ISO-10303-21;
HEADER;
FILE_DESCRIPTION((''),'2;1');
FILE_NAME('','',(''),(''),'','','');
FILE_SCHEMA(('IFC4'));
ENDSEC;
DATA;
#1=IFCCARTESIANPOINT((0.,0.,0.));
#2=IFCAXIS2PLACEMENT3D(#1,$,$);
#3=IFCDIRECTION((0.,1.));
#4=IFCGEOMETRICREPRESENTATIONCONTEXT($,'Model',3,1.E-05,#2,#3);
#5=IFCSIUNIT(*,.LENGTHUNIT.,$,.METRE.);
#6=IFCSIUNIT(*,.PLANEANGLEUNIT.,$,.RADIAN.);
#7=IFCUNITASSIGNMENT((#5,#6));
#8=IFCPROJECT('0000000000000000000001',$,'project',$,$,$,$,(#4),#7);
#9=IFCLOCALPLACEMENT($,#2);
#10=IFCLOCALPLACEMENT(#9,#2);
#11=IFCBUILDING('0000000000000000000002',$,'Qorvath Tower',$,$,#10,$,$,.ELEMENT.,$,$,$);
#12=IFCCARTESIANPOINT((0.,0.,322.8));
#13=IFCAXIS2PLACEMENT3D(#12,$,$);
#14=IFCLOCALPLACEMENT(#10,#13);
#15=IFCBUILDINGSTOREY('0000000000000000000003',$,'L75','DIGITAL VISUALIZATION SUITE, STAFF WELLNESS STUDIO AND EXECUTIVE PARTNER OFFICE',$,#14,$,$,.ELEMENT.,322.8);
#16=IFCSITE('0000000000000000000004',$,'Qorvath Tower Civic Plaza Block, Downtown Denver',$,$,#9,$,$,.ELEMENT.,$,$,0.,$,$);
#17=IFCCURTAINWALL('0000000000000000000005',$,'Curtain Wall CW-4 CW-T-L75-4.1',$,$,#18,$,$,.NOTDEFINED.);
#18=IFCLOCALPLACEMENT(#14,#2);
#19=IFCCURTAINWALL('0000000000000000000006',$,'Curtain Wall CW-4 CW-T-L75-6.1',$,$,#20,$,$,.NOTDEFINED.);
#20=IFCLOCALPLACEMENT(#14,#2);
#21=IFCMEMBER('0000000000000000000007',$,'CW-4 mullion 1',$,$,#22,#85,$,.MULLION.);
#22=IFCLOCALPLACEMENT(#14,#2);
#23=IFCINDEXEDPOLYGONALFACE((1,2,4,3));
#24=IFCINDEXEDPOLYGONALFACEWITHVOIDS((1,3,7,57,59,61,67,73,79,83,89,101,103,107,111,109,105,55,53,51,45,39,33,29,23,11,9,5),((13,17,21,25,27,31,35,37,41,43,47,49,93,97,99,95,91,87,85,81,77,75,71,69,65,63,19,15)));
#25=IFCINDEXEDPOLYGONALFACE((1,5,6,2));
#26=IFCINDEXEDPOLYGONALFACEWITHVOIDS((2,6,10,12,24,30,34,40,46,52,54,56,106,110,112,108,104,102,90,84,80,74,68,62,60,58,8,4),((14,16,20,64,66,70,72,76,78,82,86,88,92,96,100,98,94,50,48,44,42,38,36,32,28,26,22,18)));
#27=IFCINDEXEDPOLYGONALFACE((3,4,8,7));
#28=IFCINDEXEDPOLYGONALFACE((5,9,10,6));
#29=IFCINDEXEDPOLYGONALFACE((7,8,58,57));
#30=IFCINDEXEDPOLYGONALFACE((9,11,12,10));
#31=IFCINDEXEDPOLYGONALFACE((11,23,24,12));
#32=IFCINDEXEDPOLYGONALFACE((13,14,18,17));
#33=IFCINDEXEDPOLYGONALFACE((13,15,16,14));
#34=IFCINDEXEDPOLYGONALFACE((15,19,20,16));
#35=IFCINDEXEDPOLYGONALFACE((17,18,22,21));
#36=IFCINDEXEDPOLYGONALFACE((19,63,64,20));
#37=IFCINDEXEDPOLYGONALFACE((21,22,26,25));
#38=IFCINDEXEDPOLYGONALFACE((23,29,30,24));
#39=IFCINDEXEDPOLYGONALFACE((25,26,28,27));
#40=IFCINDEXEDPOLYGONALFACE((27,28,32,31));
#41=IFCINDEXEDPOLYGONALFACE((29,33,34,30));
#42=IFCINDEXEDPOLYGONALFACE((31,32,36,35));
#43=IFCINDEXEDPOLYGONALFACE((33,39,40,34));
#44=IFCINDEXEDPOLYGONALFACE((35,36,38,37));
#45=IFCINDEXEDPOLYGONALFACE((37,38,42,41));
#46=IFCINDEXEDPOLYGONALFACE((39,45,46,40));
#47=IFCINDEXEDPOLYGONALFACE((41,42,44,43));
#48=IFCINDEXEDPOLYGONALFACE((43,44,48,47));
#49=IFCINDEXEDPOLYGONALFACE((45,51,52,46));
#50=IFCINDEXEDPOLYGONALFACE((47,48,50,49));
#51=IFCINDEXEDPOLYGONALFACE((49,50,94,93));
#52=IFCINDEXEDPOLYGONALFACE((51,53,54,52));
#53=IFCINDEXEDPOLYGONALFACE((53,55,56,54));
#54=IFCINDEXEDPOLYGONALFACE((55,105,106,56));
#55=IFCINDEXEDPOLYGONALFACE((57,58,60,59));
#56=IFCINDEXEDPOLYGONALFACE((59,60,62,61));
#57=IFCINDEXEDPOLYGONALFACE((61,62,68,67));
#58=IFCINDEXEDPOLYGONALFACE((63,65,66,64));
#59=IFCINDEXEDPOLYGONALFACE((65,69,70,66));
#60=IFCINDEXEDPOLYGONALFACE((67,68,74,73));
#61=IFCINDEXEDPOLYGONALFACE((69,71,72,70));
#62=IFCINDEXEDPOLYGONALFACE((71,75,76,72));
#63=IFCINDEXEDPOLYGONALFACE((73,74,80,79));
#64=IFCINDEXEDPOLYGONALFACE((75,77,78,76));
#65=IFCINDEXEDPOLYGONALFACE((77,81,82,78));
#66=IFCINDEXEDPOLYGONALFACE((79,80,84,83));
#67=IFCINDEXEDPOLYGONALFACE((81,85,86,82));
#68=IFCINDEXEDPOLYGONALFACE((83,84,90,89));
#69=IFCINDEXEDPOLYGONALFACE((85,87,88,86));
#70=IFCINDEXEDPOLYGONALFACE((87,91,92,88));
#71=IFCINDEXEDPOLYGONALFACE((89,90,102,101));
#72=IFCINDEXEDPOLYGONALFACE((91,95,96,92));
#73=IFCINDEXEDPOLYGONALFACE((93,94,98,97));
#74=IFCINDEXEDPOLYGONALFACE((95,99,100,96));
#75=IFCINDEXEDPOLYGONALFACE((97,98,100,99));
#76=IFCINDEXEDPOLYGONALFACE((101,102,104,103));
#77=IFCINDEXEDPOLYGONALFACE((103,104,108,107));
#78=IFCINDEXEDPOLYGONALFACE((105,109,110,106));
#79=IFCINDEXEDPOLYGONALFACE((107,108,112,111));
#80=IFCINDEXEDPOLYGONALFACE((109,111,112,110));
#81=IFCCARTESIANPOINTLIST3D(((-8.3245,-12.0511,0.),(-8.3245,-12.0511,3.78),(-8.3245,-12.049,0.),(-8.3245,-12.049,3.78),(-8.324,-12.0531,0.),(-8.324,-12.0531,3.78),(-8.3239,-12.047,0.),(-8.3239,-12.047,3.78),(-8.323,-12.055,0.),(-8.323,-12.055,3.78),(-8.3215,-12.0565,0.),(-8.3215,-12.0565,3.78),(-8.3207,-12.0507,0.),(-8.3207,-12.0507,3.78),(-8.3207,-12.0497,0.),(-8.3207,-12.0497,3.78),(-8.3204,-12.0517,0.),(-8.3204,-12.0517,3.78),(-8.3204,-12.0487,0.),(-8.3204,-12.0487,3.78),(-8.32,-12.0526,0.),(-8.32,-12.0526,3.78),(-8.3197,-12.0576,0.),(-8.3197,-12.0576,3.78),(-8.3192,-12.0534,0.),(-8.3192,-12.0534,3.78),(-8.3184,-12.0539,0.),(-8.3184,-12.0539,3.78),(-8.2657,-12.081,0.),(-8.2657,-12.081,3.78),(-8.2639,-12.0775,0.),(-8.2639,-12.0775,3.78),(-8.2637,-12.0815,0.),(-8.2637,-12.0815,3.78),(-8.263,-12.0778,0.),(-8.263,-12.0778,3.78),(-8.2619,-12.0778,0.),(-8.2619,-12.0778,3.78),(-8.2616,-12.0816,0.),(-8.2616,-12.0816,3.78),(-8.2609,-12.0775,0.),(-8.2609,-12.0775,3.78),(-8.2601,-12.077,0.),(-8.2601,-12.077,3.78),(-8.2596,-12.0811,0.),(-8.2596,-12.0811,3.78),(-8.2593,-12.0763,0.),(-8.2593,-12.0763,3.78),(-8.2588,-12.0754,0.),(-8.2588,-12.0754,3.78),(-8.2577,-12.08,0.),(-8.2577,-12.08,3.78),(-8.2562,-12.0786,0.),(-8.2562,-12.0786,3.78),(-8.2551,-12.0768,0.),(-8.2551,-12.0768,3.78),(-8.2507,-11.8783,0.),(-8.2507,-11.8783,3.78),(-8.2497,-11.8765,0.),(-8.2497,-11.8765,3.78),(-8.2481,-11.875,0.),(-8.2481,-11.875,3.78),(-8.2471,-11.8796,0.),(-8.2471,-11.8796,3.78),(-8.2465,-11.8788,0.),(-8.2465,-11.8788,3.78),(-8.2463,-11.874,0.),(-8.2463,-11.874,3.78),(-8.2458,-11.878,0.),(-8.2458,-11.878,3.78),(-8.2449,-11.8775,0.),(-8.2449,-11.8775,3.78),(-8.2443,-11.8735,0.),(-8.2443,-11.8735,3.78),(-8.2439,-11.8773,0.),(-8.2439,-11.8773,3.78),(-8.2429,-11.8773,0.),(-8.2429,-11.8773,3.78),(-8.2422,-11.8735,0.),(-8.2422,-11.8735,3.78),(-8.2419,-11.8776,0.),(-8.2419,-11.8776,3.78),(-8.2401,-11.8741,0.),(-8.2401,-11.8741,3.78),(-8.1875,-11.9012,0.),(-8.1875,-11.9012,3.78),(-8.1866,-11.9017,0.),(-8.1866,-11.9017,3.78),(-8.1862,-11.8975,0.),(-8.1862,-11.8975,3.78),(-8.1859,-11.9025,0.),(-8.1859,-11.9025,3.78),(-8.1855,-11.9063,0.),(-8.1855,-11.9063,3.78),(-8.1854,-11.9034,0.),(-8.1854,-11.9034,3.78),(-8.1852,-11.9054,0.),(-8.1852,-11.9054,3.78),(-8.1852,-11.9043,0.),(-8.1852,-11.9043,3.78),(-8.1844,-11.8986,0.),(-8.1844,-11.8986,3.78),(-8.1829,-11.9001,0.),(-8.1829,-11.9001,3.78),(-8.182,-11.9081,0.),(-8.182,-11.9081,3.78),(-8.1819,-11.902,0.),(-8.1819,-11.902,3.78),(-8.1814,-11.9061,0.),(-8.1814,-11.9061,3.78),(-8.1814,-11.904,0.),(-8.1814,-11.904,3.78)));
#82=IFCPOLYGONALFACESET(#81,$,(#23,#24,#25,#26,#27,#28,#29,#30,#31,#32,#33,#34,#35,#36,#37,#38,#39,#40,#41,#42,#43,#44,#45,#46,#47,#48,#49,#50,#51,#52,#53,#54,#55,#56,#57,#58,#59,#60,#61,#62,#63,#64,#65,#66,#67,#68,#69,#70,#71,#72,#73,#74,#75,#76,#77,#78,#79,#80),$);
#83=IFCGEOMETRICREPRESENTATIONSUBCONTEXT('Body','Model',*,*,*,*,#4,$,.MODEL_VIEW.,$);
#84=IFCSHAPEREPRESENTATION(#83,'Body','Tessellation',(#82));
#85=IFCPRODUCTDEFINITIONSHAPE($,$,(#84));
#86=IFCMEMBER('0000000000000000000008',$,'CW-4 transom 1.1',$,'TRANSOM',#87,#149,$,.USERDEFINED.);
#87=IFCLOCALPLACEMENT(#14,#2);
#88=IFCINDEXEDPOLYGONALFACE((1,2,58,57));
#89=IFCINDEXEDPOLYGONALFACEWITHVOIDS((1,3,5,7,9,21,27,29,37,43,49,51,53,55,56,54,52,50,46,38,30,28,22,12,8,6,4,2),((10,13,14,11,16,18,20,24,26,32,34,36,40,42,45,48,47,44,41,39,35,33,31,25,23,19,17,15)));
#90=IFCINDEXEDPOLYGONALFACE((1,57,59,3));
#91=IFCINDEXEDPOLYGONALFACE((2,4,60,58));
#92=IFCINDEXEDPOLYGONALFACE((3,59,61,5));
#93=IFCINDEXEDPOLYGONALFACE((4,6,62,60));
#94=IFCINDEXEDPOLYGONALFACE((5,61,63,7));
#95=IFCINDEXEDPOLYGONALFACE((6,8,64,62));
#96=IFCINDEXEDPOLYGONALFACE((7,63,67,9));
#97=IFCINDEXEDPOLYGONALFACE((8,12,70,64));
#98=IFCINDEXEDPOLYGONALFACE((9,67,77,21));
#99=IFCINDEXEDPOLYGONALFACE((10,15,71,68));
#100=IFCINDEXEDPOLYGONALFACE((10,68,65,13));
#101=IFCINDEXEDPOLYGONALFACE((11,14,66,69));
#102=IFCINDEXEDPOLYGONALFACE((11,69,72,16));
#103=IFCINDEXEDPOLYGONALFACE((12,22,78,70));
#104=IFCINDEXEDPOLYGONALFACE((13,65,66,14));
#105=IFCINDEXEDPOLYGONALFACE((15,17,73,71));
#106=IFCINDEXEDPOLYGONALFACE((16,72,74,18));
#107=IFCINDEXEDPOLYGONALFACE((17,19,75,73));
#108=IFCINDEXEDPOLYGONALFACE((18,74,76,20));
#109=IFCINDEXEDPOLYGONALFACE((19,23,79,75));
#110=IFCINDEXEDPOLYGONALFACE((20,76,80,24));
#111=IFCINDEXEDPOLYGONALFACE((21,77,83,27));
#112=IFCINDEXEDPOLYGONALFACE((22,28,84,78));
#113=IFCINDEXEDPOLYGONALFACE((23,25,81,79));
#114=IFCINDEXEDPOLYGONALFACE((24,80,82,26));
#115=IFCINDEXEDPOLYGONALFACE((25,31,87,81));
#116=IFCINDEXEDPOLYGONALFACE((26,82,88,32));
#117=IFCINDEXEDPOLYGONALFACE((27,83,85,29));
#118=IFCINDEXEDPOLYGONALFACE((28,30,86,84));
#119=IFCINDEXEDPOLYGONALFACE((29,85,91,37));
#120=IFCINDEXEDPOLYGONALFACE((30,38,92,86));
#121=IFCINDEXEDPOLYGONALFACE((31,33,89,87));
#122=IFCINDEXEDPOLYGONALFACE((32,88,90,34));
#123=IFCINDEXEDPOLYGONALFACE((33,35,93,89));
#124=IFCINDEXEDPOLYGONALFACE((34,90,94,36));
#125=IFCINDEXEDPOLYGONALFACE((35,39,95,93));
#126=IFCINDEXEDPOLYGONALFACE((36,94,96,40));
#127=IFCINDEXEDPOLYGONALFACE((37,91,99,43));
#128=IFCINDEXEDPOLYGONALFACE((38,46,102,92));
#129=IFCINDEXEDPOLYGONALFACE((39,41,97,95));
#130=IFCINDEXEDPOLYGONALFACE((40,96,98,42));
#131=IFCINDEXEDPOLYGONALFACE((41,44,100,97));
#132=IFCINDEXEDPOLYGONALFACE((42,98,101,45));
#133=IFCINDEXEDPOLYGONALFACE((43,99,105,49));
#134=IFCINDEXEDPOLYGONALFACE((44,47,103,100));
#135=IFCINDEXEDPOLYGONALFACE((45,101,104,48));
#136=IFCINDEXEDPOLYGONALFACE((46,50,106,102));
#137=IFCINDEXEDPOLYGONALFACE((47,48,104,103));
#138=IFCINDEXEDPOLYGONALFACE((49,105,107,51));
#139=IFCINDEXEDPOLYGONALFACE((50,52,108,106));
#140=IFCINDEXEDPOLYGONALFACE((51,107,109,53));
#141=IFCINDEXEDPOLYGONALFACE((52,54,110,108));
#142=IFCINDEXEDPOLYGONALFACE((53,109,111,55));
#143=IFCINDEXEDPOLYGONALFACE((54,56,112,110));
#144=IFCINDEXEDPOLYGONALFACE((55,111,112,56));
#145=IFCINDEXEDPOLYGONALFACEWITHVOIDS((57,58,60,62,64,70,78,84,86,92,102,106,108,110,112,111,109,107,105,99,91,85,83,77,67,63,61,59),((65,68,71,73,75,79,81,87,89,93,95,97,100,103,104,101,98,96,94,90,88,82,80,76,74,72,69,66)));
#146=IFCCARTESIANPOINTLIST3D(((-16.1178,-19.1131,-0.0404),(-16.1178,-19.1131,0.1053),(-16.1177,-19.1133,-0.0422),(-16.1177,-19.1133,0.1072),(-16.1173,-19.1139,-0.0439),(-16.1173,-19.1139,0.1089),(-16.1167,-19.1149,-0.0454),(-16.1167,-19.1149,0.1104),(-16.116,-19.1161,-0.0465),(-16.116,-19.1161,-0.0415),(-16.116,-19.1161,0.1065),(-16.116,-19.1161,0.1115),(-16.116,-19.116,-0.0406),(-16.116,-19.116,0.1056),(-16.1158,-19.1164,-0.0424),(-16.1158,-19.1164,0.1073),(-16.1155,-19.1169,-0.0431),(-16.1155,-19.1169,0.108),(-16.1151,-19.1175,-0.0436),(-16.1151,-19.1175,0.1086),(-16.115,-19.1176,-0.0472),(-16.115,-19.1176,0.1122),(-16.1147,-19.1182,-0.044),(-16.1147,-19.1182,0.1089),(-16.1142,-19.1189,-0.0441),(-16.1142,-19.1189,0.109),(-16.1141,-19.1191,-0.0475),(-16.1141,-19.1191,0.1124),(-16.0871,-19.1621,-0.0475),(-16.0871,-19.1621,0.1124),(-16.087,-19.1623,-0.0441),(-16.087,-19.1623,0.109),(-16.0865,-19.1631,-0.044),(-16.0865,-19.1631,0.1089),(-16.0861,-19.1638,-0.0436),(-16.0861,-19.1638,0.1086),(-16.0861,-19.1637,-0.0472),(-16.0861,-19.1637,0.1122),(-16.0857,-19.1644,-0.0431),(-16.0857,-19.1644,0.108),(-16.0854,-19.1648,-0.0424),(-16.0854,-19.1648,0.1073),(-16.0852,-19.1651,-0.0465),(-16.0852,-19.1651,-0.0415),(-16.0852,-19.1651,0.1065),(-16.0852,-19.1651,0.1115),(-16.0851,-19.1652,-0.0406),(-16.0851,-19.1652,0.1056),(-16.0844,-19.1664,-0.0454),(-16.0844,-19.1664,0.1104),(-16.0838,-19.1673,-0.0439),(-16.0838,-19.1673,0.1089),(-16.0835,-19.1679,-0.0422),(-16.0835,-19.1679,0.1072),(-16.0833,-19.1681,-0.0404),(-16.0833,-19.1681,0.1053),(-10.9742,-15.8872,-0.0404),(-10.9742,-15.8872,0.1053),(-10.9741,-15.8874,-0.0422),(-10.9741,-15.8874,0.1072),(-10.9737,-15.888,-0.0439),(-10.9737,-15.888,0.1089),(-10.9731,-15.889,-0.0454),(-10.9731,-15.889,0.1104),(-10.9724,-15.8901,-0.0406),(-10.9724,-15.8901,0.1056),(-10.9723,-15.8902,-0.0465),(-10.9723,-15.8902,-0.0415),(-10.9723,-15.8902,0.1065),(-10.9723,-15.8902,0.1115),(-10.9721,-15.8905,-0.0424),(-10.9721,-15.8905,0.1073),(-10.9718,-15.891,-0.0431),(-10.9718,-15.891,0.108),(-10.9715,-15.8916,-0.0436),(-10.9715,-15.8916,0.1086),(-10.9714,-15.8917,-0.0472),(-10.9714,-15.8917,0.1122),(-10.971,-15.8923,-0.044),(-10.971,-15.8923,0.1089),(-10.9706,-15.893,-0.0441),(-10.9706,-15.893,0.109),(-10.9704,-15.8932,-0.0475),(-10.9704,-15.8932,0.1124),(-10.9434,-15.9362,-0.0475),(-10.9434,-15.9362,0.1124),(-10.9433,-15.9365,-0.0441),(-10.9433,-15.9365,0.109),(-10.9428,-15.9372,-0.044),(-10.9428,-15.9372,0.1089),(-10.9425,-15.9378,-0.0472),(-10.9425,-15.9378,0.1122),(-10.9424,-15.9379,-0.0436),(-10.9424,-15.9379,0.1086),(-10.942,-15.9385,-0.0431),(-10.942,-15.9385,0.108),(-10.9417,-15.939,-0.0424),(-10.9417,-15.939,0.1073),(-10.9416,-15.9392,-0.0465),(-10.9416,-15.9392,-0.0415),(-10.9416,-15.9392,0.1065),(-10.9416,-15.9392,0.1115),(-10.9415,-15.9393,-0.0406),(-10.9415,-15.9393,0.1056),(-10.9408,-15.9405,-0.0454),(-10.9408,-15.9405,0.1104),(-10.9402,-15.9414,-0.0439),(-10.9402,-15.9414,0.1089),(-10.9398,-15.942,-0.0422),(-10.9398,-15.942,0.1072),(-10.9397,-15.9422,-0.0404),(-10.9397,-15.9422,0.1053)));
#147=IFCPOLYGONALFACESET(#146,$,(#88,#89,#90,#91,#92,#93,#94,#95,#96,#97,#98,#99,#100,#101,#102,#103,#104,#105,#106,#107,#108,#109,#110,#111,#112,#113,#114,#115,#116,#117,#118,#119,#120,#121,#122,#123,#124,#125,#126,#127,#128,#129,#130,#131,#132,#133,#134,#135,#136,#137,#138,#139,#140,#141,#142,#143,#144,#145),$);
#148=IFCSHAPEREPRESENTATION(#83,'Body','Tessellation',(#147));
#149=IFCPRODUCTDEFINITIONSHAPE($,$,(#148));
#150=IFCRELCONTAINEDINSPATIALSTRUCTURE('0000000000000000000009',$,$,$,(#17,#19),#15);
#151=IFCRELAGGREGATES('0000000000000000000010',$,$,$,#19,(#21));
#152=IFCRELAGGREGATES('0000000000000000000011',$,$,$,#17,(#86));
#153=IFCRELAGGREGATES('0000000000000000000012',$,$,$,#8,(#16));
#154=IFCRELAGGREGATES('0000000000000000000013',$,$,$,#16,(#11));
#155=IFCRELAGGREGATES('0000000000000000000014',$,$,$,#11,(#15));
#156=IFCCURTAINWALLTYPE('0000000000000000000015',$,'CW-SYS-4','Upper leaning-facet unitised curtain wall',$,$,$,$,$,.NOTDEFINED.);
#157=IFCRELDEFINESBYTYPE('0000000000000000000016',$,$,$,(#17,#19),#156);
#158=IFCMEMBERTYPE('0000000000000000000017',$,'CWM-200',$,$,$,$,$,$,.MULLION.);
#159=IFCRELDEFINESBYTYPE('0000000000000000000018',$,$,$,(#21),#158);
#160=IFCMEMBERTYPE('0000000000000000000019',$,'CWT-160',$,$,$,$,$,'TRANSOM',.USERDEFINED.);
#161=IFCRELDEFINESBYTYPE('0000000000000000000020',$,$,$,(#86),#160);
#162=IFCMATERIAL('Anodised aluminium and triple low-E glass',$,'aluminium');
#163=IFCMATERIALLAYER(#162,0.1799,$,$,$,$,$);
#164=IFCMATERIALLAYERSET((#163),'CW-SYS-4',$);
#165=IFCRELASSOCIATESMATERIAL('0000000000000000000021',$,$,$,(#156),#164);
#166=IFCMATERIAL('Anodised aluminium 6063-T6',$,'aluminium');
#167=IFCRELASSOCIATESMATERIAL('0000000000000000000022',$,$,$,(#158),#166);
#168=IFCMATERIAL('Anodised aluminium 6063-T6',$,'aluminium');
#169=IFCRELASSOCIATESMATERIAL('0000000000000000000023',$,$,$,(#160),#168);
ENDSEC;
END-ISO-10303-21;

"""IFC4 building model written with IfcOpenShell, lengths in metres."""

from ifc_helpers import new_model, si_unit, direction, frame, origin, origin_2d, place, context, subcontext, project, spatial, hollow_rectangle, extrude, material, layer, layer_set, material_profile, profile_set, type_object, element, aggregate, save


model = new_model("IFC4")

# Units and contexts
model_context = context("Model", 3, precision=1e-05, world=origin(), true_north=direction((0.0, 1.0)))
body_context = subcontext(model_context, "Body", "Model", "MODEL_VIEW")
ifc_project = project(units=[si_unit("LENGTHUNIT", "METRE"), si_unit("PLANEANGLEUNIT", "RADIAN")], contexts=[model_context])

# Site, building, storey
site_placement = place(None, origin())
site = spatial("IfcSite", under=ifc_project, at=site_placement, Name="Qorvath Tower Civic Plaza Block, Downtown Denver", CompositionType="ELEMENT", RefElevation=0.0)
building_placement = place(site_placement, origin())
building = spatial("IfcBuilding", under=site, at=building_placement, Name="Qorvath Tower", CompositionType="ELEMENT")
storey_placement = place(building_placement, frame((0.0, 0.0, 322.8)))
storey = spatial("IfcBuildingStorey", under=building, at=storey_placement, Name="L75", Description="DIGITAL VISUALIZATION SUITE, STAFF WELLNESS STUDIO AND EXECUTIVE PARTNER OFFICE", CompositionType="ELEMENT", Elevation=322.8)

# Shared definitions
ifc_material_1 = material(Name="Anodised aluminium and triple low-E glass", Category="aluminium")
ifc_layer_1 = layer(ifc_material_1, 0.1799)
ifc_layer_set_1 = layer_set([ifc_layer_1], Name="CW-SYS-4")
curtain_wall_type = type_object("IfcCurtainWallType", Name="CW-SYS-4", Description="Upper leaning-facet unitised curtain wall", PredefinedType="NOTDEFINED", material=ifc_layer_set_1)
ifc_material_2 = material(Name="Anodised aluminium 6063-T6", Category="aluminium")
ifc_material_profile_1 = material_profile(ifc_material_2, hollow_rectangle(XDim=0.075, YDim=0.2, WallThickness=0.0039, InnerFilletRadius=0.0039, OuterFilletRadius=0.0081, at=origin_2d()), Name="CWM 200x75")
ifc_profile_set_1 = profile_set([ifc_material_profile_1], Name="Anodised aluminium 6063-T6")
member_type_1 = type_object("IfcMemberType", Name="CWM-200", PredefinedType="MULLION", material=ifc_profile_set_1)

# Curtain wall
curtain_wall_1_placement = place(storey_placement, origin())
curtain_wall_1 = element("IfcCurtainWall", 1, at=curtain_wall_1_placement, inside=storey, type_object=curtain_wall_type, Name="Curtain Wall CW-4 CW-T-L75-4.1", PredefinedType="NOTDEFINED")

# Curtain wall, member
curtain_wall_2_placement = place(storey_placement, origin())
curtain_wall_2 = element("IfcCurtainWall", 2, at=curtain_wall_2_placement, inside=storey, type_object=curtain_wall_type, Name="Curtain Wall CW-4 CW-T-L75-6.1", PredefinedType="NOTDEFINED")
member_1_placement = place(storey_placement, frame((-8.2529, -11.9775, 0.0), z_axis=(0.0, 0.0, 1.0), x_axis=(-0.91744, 0.397874, 0.0)))
member_1 = element("IfcMember", 3, at=member_1_placement, type_object=member_type_1, Name="CW-4 mullion 1", PredefinedType="MULLION", context=body_context, shape_type="SweptSolid", body=[
    extrude(hollow_rectangle(XDim=0.075, YDim=0.2, WallThickness=0.0039, InnerFilletRadius=0.0039, OuterFilletRadius=0.0081, at=origin_2d()), origin(), (0.0, 0.0, 1.0), 3.78),
])

# Member
ifc_material_3 = material(Name="Anodised aluminium 6063-T6", Category="aluminium")
ifc_material_profile_2 = material_profile(ifc_material_3, hollow_rectangle(XDim=0.0649, YDim=0.1599, WallThickness=0.0034, InnerFilletRadius=0.0034, OuterFilletRadius=0.0071, at=origin_2d()), Name="CWT 160x65")
ifc_profile_set_2 = profile_set([ifc_material_profile_2], Name="Anodised aluminium 6063-T6")
member_type_2 = type_object("IfcMemberType", Name="CWT-160", ElementType="TRANSOM", PredefinedType="USERDEFINED", material=ifc_profile_set_2)
member_2_placement = place(storey_placement, frame((-16.1006, -19.1406, 0.0325), z_axis=(0.847175, 0.531314, 0.0), x_axis=(-0.531314, 0.847175, 0.0)))
member_2 = element("IfcMember", 4, at=member_2_placement, type_object=member_type_2, Name="CW-4 transom 1.1", ObjectType="TRANSOM", PredefinedType="USERDEFINED", context=body_context, shape_type="SweptSolid", body=[
    extrude(hollow_rectangle(XDim=0.0649, YDim=0.1599, WallThickness=0.0034, InnerFilletRadius=0.0034, OuterFilletRadius=0.0071, at=origin_2d()), origin(), (0.0, 0.0, 1.0), 6.0715),
])
aggregate(curtain_wall_2, [member_1])

aggregate(curtain_wall_1, [member_2])

save(model, "model.ifc")
